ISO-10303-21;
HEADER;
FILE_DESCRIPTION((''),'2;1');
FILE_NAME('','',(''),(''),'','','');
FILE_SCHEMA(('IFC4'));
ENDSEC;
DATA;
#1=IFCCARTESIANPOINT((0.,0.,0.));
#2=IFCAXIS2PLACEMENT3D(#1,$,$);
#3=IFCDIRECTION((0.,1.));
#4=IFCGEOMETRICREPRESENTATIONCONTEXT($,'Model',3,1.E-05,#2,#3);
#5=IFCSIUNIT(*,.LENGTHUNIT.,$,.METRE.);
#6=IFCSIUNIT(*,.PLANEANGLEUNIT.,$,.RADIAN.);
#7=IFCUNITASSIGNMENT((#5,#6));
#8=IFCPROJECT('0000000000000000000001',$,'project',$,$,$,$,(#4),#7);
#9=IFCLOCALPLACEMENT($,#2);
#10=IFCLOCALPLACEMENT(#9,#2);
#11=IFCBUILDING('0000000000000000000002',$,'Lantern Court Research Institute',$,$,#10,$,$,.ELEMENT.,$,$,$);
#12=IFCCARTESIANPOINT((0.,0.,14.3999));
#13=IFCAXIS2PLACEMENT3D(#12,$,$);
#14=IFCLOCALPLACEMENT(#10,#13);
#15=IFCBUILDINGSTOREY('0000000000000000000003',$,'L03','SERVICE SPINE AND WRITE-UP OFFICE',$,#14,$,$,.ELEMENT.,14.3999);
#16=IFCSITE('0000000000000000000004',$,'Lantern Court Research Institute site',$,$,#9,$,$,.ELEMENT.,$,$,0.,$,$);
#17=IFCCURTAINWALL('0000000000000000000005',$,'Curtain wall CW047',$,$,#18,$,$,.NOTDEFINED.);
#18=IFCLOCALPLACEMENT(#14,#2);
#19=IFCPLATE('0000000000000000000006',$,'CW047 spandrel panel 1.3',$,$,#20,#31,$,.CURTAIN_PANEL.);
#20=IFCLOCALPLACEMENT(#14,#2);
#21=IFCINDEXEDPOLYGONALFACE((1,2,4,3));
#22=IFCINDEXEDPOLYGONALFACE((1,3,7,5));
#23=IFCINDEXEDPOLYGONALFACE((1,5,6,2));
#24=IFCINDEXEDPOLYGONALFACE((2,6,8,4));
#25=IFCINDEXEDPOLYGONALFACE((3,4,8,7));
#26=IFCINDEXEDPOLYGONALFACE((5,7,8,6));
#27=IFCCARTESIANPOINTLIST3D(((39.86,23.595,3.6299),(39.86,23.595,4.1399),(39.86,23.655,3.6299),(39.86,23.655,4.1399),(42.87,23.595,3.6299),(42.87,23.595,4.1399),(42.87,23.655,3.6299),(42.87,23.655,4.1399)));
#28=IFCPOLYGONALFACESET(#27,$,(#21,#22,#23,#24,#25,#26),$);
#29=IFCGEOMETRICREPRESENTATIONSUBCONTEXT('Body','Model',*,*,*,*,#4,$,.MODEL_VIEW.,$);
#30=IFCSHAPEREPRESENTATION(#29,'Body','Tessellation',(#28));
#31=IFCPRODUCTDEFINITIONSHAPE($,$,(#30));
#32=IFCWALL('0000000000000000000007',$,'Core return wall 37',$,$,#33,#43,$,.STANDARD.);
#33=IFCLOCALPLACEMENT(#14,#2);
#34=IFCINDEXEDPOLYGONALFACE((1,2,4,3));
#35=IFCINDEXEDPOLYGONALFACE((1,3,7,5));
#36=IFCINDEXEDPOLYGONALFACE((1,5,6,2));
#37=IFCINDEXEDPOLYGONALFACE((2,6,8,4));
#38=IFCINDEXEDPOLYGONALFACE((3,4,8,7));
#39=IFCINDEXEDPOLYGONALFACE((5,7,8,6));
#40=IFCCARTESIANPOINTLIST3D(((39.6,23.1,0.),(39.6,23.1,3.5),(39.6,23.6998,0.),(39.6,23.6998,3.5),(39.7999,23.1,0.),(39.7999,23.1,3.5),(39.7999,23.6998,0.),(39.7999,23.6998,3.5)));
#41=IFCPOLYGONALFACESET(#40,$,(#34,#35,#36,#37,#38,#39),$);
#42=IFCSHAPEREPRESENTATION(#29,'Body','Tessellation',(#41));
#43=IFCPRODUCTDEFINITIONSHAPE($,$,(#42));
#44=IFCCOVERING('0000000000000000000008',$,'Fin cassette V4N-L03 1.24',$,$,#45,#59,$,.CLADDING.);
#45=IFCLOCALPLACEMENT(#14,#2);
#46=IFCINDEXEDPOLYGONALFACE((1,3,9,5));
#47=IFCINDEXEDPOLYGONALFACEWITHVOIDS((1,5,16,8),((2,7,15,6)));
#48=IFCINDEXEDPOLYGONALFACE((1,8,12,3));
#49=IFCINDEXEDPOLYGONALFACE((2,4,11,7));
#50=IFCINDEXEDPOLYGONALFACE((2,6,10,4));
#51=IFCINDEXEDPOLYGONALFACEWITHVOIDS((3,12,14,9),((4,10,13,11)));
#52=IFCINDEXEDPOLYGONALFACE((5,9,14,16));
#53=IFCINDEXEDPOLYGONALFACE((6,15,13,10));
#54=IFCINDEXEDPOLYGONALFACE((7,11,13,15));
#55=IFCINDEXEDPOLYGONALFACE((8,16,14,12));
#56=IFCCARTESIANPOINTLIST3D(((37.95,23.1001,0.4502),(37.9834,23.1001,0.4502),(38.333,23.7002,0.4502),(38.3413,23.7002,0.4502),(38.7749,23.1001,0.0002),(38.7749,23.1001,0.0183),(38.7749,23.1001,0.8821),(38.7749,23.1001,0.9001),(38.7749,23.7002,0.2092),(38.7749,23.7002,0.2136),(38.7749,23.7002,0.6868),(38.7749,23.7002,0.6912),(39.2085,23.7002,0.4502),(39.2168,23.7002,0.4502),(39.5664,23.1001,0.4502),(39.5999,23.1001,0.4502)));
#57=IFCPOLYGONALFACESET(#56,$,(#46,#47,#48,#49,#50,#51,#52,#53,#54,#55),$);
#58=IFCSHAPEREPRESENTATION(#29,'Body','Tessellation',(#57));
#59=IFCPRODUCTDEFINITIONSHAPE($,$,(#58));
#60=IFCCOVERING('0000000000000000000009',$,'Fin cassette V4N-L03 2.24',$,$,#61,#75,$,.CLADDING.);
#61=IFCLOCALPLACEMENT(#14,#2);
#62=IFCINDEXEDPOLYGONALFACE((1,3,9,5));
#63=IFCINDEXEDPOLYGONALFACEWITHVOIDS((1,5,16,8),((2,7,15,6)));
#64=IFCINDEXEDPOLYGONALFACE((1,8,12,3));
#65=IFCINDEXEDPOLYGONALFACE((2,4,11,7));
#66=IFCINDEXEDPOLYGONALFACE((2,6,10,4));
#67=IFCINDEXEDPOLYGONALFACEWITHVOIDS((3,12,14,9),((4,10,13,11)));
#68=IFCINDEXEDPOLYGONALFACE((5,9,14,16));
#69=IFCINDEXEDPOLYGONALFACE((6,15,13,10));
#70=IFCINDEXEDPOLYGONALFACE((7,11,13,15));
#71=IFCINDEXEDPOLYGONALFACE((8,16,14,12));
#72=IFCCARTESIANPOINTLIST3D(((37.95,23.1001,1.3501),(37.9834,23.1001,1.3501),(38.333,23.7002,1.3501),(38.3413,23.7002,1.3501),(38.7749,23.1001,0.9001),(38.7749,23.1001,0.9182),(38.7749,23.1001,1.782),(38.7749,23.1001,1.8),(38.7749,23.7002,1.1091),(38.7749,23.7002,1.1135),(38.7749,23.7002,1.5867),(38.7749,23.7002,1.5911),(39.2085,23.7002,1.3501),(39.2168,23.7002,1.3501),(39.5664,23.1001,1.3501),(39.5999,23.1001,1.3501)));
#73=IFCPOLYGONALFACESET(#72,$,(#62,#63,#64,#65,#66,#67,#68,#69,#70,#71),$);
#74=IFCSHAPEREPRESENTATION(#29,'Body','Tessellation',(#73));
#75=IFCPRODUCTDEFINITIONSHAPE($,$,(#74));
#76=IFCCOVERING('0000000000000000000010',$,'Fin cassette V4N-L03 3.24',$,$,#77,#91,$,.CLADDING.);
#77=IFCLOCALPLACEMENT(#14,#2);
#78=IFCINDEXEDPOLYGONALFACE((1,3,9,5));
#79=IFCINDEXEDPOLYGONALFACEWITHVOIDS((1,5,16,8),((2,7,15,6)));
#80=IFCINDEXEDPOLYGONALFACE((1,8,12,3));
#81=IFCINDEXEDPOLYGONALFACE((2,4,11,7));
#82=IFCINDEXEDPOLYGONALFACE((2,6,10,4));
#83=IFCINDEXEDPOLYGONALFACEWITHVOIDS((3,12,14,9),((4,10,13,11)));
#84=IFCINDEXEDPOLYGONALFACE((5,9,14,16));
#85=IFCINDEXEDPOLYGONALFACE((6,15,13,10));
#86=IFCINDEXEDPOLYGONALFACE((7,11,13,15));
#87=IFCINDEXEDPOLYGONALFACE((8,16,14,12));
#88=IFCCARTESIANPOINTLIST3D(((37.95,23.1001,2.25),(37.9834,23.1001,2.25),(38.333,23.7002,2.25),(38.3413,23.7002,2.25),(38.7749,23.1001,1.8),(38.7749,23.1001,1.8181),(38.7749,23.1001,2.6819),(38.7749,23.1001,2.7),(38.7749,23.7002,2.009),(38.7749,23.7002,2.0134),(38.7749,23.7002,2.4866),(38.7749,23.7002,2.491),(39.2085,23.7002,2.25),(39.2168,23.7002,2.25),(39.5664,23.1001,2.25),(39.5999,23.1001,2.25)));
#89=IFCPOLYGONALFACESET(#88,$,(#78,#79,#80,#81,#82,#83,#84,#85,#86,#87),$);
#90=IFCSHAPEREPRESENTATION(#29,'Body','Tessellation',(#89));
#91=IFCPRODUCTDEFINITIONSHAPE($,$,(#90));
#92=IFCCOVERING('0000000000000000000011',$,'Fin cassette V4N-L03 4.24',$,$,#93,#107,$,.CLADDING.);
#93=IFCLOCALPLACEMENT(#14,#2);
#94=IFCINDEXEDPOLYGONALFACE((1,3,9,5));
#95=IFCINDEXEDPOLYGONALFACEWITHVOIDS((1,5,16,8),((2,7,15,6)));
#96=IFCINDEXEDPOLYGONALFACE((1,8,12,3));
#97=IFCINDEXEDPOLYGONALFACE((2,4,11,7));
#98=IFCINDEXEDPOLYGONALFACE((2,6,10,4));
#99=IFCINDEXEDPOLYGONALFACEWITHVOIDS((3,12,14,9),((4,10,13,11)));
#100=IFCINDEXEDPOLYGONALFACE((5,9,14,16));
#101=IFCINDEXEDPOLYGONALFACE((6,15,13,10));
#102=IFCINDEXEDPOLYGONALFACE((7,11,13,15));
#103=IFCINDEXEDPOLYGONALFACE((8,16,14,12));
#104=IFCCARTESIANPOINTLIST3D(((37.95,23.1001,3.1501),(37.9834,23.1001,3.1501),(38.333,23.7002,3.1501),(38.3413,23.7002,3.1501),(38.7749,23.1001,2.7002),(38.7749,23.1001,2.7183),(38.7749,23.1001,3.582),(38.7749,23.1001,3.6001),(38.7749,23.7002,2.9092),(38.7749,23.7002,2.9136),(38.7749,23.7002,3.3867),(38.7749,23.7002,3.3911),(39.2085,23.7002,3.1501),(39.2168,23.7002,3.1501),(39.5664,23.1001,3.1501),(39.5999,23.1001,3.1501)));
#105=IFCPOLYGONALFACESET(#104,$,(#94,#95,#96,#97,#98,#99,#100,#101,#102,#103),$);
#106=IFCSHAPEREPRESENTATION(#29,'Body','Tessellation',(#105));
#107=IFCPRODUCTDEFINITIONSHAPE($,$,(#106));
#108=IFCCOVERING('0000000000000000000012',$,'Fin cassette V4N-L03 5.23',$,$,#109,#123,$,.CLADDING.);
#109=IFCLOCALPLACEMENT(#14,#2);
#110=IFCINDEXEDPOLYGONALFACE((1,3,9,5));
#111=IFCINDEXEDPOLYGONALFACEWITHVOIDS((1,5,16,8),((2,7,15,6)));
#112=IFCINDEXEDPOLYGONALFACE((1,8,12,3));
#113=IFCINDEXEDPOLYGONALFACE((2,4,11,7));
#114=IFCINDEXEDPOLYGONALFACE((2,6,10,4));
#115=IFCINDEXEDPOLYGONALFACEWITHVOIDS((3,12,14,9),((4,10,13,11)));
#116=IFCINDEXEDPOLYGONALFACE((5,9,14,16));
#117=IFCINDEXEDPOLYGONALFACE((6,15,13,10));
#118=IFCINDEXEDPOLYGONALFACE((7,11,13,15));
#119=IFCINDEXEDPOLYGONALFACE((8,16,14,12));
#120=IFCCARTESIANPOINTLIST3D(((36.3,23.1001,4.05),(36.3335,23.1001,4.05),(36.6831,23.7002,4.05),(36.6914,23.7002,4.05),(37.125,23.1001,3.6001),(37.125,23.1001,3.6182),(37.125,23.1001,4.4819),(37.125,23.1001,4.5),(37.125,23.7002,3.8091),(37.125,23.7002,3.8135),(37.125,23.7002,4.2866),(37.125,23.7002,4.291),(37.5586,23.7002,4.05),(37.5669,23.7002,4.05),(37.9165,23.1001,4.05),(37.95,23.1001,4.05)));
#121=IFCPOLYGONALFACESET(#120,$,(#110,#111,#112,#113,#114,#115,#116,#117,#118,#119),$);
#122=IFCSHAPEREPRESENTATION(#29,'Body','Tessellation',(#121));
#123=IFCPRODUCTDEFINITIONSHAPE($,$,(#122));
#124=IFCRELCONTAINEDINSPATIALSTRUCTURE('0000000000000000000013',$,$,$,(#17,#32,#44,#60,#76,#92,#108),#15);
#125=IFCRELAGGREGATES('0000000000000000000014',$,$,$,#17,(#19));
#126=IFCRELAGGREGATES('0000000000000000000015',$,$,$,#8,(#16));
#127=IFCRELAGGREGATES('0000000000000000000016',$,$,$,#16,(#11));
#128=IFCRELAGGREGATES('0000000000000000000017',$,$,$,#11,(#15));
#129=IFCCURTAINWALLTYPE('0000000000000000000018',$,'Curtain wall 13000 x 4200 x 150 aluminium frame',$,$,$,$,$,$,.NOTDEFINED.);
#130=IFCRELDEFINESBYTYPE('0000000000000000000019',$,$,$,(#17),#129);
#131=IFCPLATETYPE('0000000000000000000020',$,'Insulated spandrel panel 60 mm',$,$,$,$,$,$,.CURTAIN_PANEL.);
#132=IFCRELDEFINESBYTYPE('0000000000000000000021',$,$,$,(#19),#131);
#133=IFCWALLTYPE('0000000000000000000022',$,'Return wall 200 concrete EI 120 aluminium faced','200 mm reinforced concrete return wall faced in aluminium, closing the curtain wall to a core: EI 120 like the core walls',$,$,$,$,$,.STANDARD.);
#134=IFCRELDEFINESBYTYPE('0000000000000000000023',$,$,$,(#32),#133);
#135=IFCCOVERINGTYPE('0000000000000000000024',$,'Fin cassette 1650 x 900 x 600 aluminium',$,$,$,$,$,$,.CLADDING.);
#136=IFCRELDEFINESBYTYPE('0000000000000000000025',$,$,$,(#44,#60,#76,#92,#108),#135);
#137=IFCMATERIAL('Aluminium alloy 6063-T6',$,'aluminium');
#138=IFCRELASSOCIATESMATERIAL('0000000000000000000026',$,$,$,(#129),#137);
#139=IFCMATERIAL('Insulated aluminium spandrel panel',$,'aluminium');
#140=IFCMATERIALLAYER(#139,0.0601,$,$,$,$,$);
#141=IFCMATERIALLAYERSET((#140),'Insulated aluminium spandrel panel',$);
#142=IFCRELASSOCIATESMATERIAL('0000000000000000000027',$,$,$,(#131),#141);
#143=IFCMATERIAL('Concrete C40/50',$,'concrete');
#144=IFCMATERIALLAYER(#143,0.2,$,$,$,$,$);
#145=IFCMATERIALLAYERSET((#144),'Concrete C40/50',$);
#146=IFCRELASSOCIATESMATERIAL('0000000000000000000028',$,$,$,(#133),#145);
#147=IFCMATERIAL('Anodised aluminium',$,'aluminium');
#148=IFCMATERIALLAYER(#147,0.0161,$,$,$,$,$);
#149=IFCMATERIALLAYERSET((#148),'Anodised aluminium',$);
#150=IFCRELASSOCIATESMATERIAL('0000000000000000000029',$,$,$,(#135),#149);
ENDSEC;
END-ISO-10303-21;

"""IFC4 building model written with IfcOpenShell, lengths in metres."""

from ifc_helpers import new_model, entity, si_unit, direction, frame, frame_2d, origin, origin_2d, place, context, subcontext, project, spatial, rectangle, extrude, material, layer, layer_set, type_object, element, aggregate, save


model = new_model("IFC4")

# Units and contexts
model_context = context("Model", 3, precision=1e-05, world=origin(), true_north=direction((0.0, 1.0)))
body_context = subcontext(model_context, "Body", "Model", "MODEL_VIEW")
ifc_project = project(units=[si_unit("LENGTHUNIT", "METRE"), si_unit("PLANEANGLEUNIT", "RADIAN")], contexts=[model_context])

# Site, building, storey
site_placement = place(None, origin())
site = spatial("IfcSite", under=ifc_project, at=site_placement, Name="Lantern Court Research Institute site", CompositionType="ELEMENT", RefElevation=0.0)
building_placement = place(site_placement, origin())
building = spatial("IfcBuilding", under=site, at=building_placement, Name="Lantern Court Research Institute", CompositionType="ELEMENT")
storey_placement = place(building_placement, frame((0.0, 0.0, 14.3999)))
storey = spatial("IfcBuildingStorey", under=building, at=storey_placement, Name="L03", Description="SERVICE SPINE AND WRITE-UP OFFICE", CompositionType="ELEMENT", Elevation=14.3999)

# Curtain wall
ifc_material_1 = material(Name="Aluminium alloy 6063-T6", Category="aluminium")
curtain_wall_type = type_object("IfcCurtainWallType", Name="Curtain wall 13000 x 4200 x 150 aluminium frame", PredefinedType="NOTDEFINED", material=ifc_material_1)
curtain_wall_placement = place(storey_placement, origin())
curtain_wall = element("IfcCurtainWall", 1, at=curtain_wall_placement, inside=storey, type_object=curtain_wall_type, Name="Curtain wall CW047", PredefinedType="NOTDEFINED")

# Plate
ifc_material_2 = material(Name="Insulated aluminium spandrel panel", Category="aluminium")
ifc_layer_1 = layer(ifc_material_2, 0.0601)
ifc_layer_set_1 = layer_set([ifc_layer_1], Name="Insulated aluminium spandrel panel")
plate_type_1 = type_object("IfcPlateType", Name="Insulated spandrel panel 60 mm", PredefinedType="CURTAIN_PANEL", material=ifc_layer_set_1)
plate_1_placement = place(storey_placement, frame((41.365, 23.625, 3.6299), z_axis=(0.0, 0.0, 1.0), x_axis=(1.0, 0.0, 0.0)))
plate_1 = element("IfcPlate", 2, at=plate_1_placement, type_object=plate_type_1, Name="CW047 spandrel panel 1.3", PredefinedType="CURTAIN_PANEL", context=body_context, shape_type="SweptSolid", body=[
    extrude(rectangle(XDim=3.01, YDim=0.0601, at=origin_2d()), origin(), (0.0, 0.0, 1.0), 0.51),
])
aggregate(curtain_wall, [plate_1])

# Wall
ifc_material_3 = material(Name="Concrete C40/50", Category="concrete")
ifc_layer_2 = layer(ifc_material_3, 0.2)
ifc_layer_set_2 = layer_set([ifc_layer_2], Name="Concrete C40/50")
wall_type = type_object("IfcWallType", Name="Return wall 200 concrete EI 120 aluminium faced", Description="200 mm reinforced concrete return wall faced in aluminium, closing the curtain wall to a core: EI 120 like the core walls", PredefinedType="STANDARD", material=ifc_layer_set_2)
wall_placement = place(storey_placement, frame((39.7, 23.1001, 0.0), z_axis=(0.0, 0.0, 1.0), x_axis=(0.0, 1.0, 0.0)))
element("IfcWall", 3, at=wall_placement, inside=storey, type_object=wall_type, Name="Core return wall 37", PredefinedType="STANDARD", context=body_context, shape_type="SweptSolid", body=[
    extrude(rectangle(XDim=0.5999, YDim=0.2, at=frame_2d((0.2998, 0.0))), origin(), (0.0, 0.0, 1.0), 3.5),
])

# Coverings
ifc_material_4 = material(Name="Anodised aluminium", Category="aluminium")
ifc_layer_3 = layer(ifc_material_4, 0.0161)
ifc_layer_set_3 = layer_set([ifc_layer_3], Name="Anodised aluminium")
covering_type = type_object("IfcCoveringType", Name="Fin cassette 1650 x 900 x 600 aluminium", PredefinedType="CLADDING", material=ifc_layer_set_3)
covering_1_placement = place(storey_placement, frame((38.7749, 23.1001, 0.4502), z_axis=(0.0, 1.0, 0.0), x_axis=(-1.0, 0.0, 0.0)))
cartesian_point_1 = entity("IfcCartesianPoint", [0.825, 0.0])
cartesian_point_2 = entity("IfcCartesianPoint", [0.7915, 0.0])
cartesian_point_3 = entity("IfcCartesianPoint", [0.4419, 0.0])
cartesian_point_4 = entity("IfcCartesianPoint", [0.4336, 0.0])
element("IfcCovering", 4, at=covering_1_placement, inside=storey, type_object=covering_type, Name="Fin cassette V4N-L03 1.24", PredefinedType="CLADDING", context=body_context, shape_type="SweptSolid", body=[
    entity("IfcExtrudedAreaSolidTapered", entity("IfcArbitraryProfileDefWithVoids", "AREA", None, entity("IfcPolyline", [cartesian_point_1, entity("IfcCartesianPoint", [0.0, 0.45]), entity("IfcCartesianPoint", [-0.825, 0.0]), entity("IfcCartesianPoint", [0.0, -0.45]), cartesian_point_1]), [entity("IfcPolyline", [cartesian_point_2, entity("IfcCartesianPoint", [0.0, 0.4319]), entity("IfcCartesianPoint", [-0.7915, 0.0]), entity("IfcCartesianPoint", [0.0, -0.4319]), cartesian_point_2])]), entity("IfcAxis2Placement3D", entity("IfcCartesianPoint", [0.0, 0.0, 0.0])), entity("IfcDirection", [0.0, 0.0, 1.0]), 0.6001, entity("IfcArbitraryProfileDefWithVoids", "AREA", None, entity("IfcPolyline", [cartesian_point_3, entity("IfcCartesianPoint", [0.0, 0.241]), entity("IfcCartesianPoint", [-0.4419, 0.0]), entity("IfcCartesianPoint", [0.0, -0.241]), cartesian_point_3]), [entity("IfcPolyline", [cartesian_point_4, entity("IfcCartesianPoint", [0.0, 0.2366]), entity("IfcCartesianPoint", [-0.4336, 0.0]), entity("IfcCartesianPoint", [0.0, -0.2366]), cartesian_point_4])])),
])
covering_2_placement = place(storey_placement, frame((38.7749, 23.1001, 1.3501), z_axis=(0.0, 1.0, 0.0), x_axis=(-1.0, 0.0, 0.0)))
cartesian_point_5 = entity("IfcCartesianPoint", [0.825, 0.0])
cartesian_point_6 = entity("IfcCartesianPoint", [0.7915, 0.0])
cartesian_point_7 = entity("IfcCartesianPoint", [0.4419, 0.0])
cartesian_point_8 = entity("IfcCartesianPoint", [0.4336, 0.0])
element("IfcCovering", 5, at=covering_2_placement, inside=storey, type_object=covering_type, Name="Fin cassette V4N-L03 2.24", PredefinedType="CLADDING", context=body_context, shape_type="SweptSolid", body=[
    entity("IfcExtrudedAreaSolidTapered", entity("IfcArbitraryProfileDefWithVoids", "AREA", None, entity("IfcPolyline", [cartesian_point_5, entity("IfcCartesianPoint", [0.0, 0.45]), entity("IfcCartesianPoint", [-0.825, 0.0]), entity("IfcCartesianPoint", [0.0, -0.45]), cartesian_point_5]), [entity("IfcPolyline", [cartesian_point_6, entity("IfcCartesianPoint", [0.0, 0.4319]), entity("IfcCartesianPoint", [-0.7915, 0.0]), entity("IfcCartesianPoint", [0.0, -0.4319]), cartesian_point_6])]), entity("IfcAxis2Placement3D", entity("IfcCartesianPoint", [0.0, 0.0, 0.0])), entity("IfcDirection", [0.0, 0.0, 1.0]), 0.6001, entity("IfcArbitraryProfileDefWithVoids", "AREA", None, entity("IfcPolyline", [cartesian_point_7, entity("IfcCartesianPoint", [0.0, 0.241]), entity("IfcCartesianPoint", [-0.4419, 0.0]), entity("IfcCartesianPoint", [0.0, -0.241]), cartesian_point_7]), [entity("IfcPolyline", [cartesian_point_8, entity("IfcCartesianPoint", [0.0, 0.2366]), entity("IfcCartesianPoint", [-0.4336, 0.0]), entity("IfcCartesianPoint", [0.0, -0.2366]), cartesian_point_8])])),
])
covering_3_placement = place(storey_placement, frame((38.7749, 23.1001, 2.25), z_axis=(0.0, 1.0, 0.0), x_axis=(-1.0, 0.0, 0.0)))
cartesian_point_9 = entity("IfcCartesianPoint", [0.825, 0.0])
cartesian_point_10 = entity("IfcCartesianPoint", [0.7915, 0.0])
cartesian_point_11 = entity("IfcCartesianPoint", [0.4419, 0.0])
cartesian_point_12 = entity("IfcCartesianPoint", [0.4336, 0.0])
element("IfcCovering", 6, at=covering_3_placement, inside=storey, type_object=covering_type, Name="Fin cassette V4N-L03 3.24", PredefinedType="CLADDING", context=body_context, shape_type="SweptSolid", body=[
    entity("IfcExtrudedAreaSolidTapered", entity("IfcArbitraryProfileDefWithVoids", "AREA", None, entity("IfcPolyline", [cartesian_point_9, entity("IfcCartesianPoint", [0.0, 0.45]), entity("IfcCartesianPoint", [-0.825, 0.0]), entity("IfcCartesianPoint", [0.0, -0.45]), cartesian_point_9]), [entity("IfcPolyline", [cartesian_point_10, entity("IfcCartesianPoint", [0.0, 0.4319]), entity("IfcCartesianPoint", [-0.7915, 0.0]), entity("IfcCartesianPoint", [0.0, -0.4319]), cartesian_point_10])]), entity("IfcAxis2Placement3D", entity("IfcCartesianPoint", [0.0, 0.0, 0.0])), entity("IfcDirection", [0.0, 0.0, 1.0]), 0.6001, entity("IfcArbitraryProfileDefWithVoids", "AREA", None, entity("IfcPolyline", [cartesian_point_11, entity("IfcCartesianPoint", [0.0, 0.241]), entity("IfcCartesianPoint", [-0.4419, 0.0]), entity("IfcCartesianPoint", [0.0, -0.241]), cartesian_point_11]), [entity("IfcPolyline", [cartesian_point_12, entity("IfcCartesianPoint", [0.0, 0.2366]), entity("IfcCartesianPoint", [-0.4336, 0.0]), entity("IfcCartesianPoint", [0.0, -0.2366]), cartesian_point_12])])),
])
covering_4_placement = place(storey_placement, frame((38.7749, 23.1001, 3.1501), z_axis=(0.0, 1.0, 0.0), x_axis=(-1.0, 0.0, 0.0)))
cartesian_point_13 = entity("IfcCartesianPoint", [0.825, 0.0])
cartesian_point_14 = entity("IfcCartesianPoint", [0.7915, 0.0])
cartesian_point_15 = entity("IfcCartesianPoint", [0.4419, 0.0])
cartesian_point_16 = entity("IfcCartesianPoint", [0.4336, 0.0])
element("IfcCovering", 7, at=covering_4_placement, inside=storey, type_object=covering_type, Name="Fin cassette V4N-L03 4.24", PredefinedType="CLADDING", context=body_context, shape_type="SweptSolid", body=[
    entity("IfcExtrudedAreaSolidTapered", entity("IfcArbitraryProfileDefWithVoids", "AREA", None, entity("IfcPolyline", [cartesian_point_13, entity("IfcCartesianPoint", [0.0, 0.45]), entity("IfcCartesianPoint", [-0.825, 0.0]), entity("IfcCartesianPoint", [0.0, -0.45]), cartesian_point_13]), [entity("IfcPolyline", [cartesian_point_14, entity("IfcCartesianPoint", [0.0, 0.4319]), entity("IfcCartesianPoint", [-0.7915, 0.0]), entity("IfcCartesianPoint", [0.0, -0.4319]), cartesian_point_14])]), entity("IfcAxis2Placement3D", entity("IfcCartesianPoint", [0.0, 0.0, 0.0])), entity("IfcDirection", [0.0, 0.0, 1.0]), 0.6001, entity("IfcArbitraryProfileDefWithVoids", "AREA", None, entity("IfcPolyline", [cartesian_point_15, entity("IfcCartesianPoint", [0.0, 0.241]), entity("IfcCartesianPoint", [-0.4419, 0.0]), entity("IfcCartesianPoint", [0.0, -0.241]), cartesian_point_15]), [entity("IfcPolyline", [cartesian_point_16, entity("IfcCartesianPoint", [0.0, 0.2366]), entity("IfcCartesianPoint", [-0.4336, 0.0]), entity("IfcCartesianPoint", [0.0, -0.2366]), cartesian_point_16])])),
])
covering_5_placement = place(storey_placement, frame((37.125, 23.1001, 4.05), z_axis=(0.0, 1.0, 0.0), x_axis=(-1.0, 0.0, 0.0)))
cartesian_point_17 = entity("IfcCartesianPoint", [0.825, 0.0])
cartesian_point_18 = entity("IfcCartesianPoint", [0.7915, 0.0])
cartesian_point_19 = entity("IfcCartesianPoint", [0.4419, 0.0])
cartesian_point_20 = entity("IfcCartesianPoint", [0.4336, 0.0])
element("IfcCovering", 8, at=covering_5_placement, inside=storey, type_object=covering_type, Name="Fin cassette V4N-L03 5.23", PredefinedType="CLADDING", context=body_context, shape_type="SweptSolid", body=[
    entity("IfcExtrudedAreaSolidTapered", entity("IfcArbitraryProfileDefWithVoids", "AREA", None, entity("IfcPolyline", [cartesian_point_17, entity("IfcCartesianPoint", [0.0, 0.45]), entity("IfcCartesianPoint", [-0.825, 0.0]), entity("IfcCartesianPoint", [0.0, -0.45]), cartesian_point_17]), [entity("IfcPolyline", [cartesian_point_18, entity("IfcCartesianPoint", [0.0, 0.4319]), entity("IfcCartesianPoint", [-0.7915, 0.0]), entity("IfcCartesianPoint", [0.0, -0.4319]), cartesian_point_18])]), entity("IfcAxis2Placement3D", entity("IfcCartesianPoint", [0.0, 0.0, 0.0])), entity("IfcDirection", [0.0, 0.0, 1.0]), 0.6001, entity("IfcArbitraryProfileDefWithVoids", "AREA", None, entity("IfcPolyline", [cartesian_point_19, entity("IfcCartesianPoint", [0.0, 0.241]), entity("IfcCartesianPoint", [-0.4419, 0.0]), entity("IfcCartesianPoint", [0.0, -0.241]), cartesian_point_19]), [entity("IfcPolyline", [cartesian_point_20, entity("IfcCartesianPoint", [0.0, 0.2366]), entity("IfcCartesianPoint", [-0.4336, 0.0]), entity("IfcCartesianPoint", [0.0, -0.2366]), cartesian_point_20])])),
])

save(model, "model.ifc")
